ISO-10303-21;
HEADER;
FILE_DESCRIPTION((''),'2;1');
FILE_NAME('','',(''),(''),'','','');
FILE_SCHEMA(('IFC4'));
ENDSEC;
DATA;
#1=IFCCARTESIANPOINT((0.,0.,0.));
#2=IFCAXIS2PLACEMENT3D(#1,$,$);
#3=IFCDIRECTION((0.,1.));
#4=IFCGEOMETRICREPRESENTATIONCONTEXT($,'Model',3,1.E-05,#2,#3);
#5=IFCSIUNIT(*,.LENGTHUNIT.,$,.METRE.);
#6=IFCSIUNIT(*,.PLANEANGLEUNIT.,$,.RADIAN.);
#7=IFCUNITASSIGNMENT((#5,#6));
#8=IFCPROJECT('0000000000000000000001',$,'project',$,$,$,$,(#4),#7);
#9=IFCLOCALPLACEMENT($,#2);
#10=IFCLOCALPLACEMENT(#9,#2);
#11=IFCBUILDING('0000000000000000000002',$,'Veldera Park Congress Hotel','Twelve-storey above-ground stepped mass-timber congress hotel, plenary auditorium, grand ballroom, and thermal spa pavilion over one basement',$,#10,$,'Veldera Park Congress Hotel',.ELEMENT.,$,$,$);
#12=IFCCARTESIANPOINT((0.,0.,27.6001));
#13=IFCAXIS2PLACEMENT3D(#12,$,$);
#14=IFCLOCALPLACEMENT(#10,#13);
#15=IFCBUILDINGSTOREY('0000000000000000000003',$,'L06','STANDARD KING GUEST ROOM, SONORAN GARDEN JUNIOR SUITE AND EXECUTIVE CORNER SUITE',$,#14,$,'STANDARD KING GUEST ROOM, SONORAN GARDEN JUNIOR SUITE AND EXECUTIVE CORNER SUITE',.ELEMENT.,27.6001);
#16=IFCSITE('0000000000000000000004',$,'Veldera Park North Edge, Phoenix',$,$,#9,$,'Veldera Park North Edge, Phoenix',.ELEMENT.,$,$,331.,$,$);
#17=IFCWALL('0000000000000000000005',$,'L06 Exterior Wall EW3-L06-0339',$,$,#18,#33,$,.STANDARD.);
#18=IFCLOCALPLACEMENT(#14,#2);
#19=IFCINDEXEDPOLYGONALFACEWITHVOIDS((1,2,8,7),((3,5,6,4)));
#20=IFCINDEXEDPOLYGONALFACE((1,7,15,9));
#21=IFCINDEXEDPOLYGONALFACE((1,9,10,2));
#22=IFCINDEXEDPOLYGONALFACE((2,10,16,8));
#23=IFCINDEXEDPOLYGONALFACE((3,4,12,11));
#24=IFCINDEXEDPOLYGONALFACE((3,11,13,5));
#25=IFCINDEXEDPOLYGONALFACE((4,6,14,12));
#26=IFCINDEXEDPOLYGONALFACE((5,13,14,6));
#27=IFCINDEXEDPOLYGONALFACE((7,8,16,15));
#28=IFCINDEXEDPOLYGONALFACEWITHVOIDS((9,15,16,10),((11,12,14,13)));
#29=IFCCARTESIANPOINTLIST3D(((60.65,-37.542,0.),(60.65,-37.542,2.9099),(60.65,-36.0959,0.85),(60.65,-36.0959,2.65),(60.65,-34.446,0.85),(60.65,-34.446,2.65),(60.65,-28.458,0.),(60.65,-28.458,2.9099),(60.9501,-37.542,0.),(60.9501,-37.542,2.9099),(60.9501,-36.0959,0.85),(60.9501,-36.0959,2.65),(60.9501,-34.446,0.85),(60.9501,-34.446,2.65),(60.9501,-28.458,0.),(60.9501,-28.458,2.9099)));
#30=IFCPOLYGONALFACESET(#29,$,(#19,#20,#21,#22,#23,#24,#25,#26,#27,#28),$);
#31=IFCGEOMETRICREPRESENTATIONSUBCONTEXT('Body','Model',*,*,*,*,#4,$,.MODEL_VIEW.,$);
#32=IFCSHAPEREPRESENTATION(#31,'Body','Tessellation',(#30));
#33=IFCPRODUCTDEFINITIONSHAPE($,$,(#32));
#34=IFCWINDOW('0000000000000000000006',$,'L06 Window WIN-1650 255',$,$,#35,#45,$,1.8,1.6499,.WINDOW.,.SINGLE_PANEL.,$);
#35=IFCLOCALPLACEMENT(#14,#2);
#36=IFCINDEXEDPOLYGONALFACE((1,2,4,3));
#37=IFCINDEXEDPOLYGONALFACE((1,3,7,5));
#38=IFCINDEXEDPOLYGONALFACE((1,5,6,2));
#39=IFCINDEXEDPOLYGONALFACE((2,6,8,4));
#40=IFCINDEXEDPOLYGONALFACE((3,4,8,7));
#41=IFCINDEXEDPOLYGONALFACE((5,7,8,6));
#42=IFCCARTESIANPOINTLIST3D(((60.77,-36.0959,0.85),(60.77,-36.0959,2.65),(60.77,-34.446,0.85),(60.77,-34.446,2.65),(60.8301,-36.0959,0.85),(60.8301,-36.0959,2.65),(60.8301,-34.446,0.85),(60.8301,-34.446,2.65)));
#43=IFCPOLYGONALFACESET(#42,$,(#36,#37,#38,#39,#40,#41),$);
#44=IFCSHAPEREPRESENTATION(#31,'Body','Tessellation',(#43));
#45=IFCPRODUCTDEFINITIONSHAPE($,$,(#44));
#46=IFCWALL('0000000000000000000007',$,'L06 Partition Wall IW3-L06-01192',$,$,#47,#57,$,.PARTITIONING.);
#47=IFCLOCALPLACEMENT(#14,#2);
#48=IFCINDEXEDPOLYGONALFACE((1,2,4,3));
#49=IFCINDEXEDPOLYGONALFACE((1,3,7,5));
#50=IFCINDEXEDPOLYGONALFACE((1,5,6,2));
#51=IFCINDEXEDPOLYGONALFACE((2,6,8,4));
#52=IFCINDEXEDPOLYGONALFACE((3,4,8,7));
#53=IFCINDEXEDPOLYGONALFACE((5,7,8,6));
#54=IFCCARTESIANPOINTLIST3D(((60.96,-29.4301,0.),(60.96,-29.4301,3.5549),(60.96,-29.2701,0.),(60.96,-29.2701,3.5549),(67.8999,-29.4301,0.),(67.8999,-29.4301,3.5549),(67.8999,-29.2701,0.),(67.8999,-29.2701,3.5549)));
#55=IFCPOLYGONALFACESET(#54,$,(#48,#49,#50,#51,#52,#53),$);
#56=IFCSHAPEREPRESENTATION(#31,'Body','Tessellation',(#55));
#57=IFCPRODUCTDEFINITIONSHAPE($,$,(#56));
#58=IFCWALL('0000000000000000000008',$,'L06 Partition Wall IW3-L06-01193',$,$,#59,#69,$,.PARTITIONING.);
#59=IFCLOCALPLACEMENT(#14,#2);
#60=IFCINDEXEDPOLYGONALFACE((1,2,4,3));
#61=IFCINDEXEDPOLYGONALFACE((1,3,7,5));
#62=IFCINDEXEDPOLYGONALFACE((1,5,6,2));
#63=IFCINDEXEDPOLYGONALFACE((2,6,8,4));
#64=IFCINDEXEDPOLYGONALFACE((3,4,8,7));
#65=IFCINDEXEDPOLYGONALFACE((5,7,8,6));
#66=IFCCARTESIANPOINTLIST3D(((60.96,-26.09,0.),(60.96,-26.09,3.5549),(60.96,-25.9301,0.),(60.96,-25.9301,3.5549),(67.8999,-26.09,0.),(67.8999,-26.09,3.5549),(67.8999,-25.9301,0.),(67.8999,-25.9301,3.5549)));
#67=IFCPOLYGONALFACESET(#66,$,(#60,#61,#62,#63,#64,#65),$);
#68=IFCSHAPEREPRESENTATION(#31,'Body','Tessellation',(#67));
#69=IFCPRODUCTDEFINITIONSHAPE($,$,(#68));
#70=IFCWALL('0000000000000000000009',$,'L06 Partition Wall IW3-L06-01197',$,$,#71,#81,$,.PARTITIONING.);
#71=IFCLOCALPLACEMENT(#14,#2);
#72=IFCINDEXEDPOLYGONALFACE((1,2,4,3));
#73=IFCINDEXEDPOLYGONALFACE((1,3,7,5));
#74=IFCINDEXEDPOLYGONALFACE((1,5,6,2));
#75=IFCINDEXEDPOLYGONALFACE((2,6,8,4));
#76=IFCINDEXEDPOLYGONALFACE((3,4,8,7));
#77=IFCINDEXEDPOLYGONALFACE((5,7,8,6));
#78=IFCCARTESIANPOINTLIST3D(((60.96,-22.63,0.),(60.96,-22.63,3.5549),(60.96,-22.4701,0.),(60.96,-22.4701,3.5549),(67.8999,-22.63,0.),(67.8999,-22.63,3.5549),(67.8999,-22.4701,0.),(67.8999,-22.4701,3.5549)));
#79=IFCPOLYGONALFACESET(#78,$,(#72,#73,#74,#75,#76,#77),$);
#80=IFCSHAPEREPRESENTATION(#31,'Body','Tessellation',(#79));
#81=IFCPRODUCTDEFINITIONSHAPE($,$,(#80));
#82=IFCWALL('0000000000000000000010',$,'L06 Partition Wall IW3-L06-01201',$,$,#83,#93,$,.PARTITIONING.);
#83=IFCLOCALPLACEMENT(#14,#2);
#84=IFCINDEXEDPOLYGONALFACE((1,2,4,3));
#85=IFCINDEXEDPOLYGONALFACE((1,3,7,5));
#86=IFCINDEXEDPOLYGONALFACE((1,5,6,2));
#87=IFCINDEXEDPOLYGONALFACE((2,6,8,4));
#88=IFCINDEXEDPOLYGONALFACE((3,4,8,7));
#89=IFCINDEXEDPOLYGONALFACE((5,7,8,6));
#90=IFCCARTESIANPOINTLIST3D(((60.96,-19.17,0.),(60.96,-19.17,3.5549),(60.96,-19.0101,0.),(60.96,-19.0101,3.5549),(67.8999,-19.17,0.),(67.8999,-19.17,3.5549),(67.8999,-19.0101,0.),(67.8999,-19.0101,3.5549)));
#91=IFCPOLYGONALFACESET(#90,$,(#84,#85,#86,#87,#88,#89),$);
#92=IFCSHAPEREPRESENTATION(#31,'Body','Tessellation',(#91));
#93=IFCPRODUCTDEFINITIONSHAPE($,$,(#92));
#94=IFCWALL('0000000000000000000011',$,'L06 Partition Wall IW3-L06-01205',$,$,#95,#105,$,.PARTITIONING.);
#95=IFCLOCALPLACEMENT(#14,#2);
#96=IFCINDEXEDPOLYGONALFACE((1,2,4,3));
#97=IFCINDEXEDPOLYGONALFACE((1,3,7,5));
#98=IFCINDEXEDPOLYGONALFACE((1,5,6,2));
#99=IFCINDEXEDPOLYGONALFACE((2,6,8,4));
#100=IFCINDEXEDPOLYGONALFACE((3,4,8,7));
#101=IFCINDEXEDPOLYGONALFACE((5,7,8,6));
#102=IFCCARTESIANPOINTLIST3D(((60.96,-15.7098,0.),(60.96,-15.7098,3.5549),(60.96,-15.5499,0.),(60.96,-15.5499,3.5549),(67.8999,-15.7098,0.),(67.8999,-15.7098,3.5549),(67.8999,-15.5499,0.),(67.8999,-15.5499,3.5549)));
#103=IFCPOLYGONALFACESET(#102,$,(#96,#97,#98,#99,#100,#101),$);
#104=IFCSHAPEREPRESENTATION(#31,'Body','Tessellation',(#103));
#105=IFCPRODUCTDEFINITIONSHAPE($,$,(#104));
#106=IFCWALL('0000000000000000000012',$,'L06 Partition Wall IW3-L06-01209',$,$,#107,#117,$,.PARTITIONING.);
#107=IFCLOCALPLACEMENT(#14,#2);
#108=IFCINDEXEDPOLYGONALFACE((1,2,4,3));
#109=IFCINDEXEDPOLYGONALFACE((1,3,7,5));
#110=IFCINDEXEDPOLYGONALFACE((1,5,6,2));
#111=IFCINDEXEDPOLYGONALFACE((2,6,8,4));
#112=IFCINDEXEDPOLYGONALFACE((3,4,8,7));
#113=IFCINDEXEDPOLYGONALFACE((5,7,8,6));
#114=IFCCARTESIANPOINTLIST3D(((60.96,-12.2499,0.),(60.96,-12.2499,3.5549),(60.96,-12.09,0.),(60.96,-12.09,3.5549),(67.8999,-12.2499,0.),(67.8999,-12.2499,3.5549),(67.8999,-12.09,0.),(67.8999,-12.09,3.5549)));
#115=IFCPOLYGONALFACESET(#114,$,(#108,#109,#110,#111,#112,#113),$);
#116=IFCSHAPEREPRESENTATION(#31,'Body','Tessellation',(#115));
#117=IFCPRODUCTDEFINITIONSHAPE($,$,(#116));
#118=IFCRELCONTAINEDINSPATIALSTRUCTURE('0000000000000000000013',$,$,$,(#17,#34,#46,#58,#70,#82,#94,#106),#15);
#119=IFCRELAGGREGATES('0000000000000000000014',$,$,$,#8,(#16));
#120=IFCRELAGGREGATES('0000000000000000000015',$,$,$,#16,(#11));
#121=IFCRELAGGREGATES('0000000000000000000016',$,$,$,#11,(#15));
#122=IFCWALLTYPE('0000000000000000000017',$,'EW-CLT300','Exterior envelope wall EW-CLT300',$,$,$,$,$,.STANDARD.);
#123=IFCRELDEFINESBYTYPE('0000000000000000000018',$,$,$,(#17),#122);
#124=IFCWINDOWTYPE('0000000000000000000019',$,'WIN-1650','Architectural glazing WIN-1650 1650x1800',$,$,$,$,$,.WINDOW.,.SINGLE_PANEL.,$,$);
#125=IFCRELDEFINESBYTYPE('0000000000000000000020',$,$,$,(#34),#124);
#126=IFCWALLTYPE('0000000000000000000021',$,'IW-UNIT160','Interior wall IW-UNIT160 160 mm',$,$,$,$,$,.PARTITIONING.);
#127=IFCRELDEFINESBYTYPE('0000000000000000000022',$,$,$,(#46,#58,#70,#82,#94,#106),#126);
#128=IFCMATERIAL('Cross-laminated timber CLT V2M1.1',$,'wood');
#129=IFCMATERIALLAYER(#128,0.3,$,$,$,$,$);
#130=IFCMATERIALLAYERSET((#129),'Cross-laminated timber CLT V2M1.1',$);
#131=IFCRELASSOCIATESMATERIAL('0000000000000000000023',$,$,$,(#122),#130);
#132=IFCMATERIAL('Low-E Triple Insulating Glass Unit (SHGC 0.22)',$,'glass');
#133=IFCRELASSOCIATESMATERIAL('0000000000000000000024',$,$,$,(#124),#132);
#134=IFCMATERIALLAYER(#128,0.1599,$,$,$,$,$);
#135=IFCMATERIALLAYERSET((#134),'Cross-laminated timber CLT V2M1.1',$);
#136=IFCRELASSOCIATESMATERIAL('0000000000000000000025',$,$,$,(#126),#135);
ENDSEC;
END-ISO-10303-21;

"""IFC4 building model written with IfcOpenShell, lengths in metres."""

from ifc_helpers import new_model, si_unit, direction, frame, frame_2d, origin, place, context, subcontext, project, spatial, rectangle, extrude, material, layer, layer_set, type_object, element, fill, save


model = new_model("IFC4")

# Units and contexts
model_context = context("Model", 3, precision=1e-05, world=origin(), true_north=direction((0.0, 1.0)))
body_context = subcontext(model_context, "Body", "Model", "MODEL_VIEW")
ifc_project = project(units=[si_unit("LENGTHUNIT", "METRE"), si_unit("PLANEANGLEUNIT", "RADIAN")], contexts=[model_context])

# Site, building, storey
site_placement = place(None, origin())
site = spatial("IfcSite", under=ifc_project, at=site_placement, Name="Veldera Park North Edge, Phoenix", LongName="Veldera Park North Edge, Phoenix", CompositionType="ELEMENT", RefElevation=331.0)
building_placement = place(site_placement, origin())
building = spatial("IfcBuilding", under=site, at=building_placement, Name="Veldera Park Congress Hotel", Description="Twelve-storey above-ground stepped mass-timber congress hotel, plenary auditorium, grand ballroom, and thermal spa pavilion over one basement", LongName="Veldera Park Congress Hotel", CompositionType="ELEMENT")
storey_placement = place(building_placement, frame((0.0, 0.0, 27.6001)))
storey = spatial("IfcBuildingStorey", under=building, at=storey_placement, Name="L06", Description="STANDARD KING GUEST ROOM, SONORAN GARDEN JUNIOR SUITE AND EXECUTIVE CORNER SUITE", LongName="STANDARD KING GUEST ROOM, SONORAN GARDEN JUNIOR SUITE AND EXECUTIVE CORNER SUITE", CompositionType="ELEMENT", Elevation=27.6001)

# Shared definitions
ifc_material_1 = material(Name="Cross-laminated timber CLT V2M1.1", Category="wood")
ifc_layer_1 = layer(ifc_material_1, 0.3)
ifc_layer_set_1 = layer_set([ifc_layer_1], Name="Cross-laminated timber CLT V2M1.1")
wall_type_1 = type_object("IfcWallType", Name="EW-CLT300", Description="Exterior envelope wall EW-CLT300", PredefinedType="STANDARD", material=ifc_layer_set_1)
ifc_material_2 = material(Name="Low-E Triple Insulating Glass Unit (SHGC 0.22)", Category="glass")
window_type_1 = type_object("IfcWindowType", Name="WIN-1650", Description="Architectural glazing WIN-1650 1650x1800", PartitioningType="SINGLE_PANEL", PredefinedType="WINDOW", material=ifc_material_2)

# Wall, opening, window
wall_1_placement = place(storey_placement, frame((60.8, -28.458, 0.0), z_axis=(0.0, 0.0, 1.0), x_axis=(0.0, -1.0, 0.0)))
wall_1 = element("IfcWall", 1, at=wall_1_placement, inside=storey, type_object=wall_type_1, Name="L06 Exterior Wall EW3-L06-0339", PredefinedType="STANDARD", context=body_context, shape_type="SweptSolid", body=[
    extrude(rectangle(XDim=9.084, YDim=0.3, at=frame_2d((4.542, 0.0))), origin(), (0.0, 0.0, 1.0), 2.9099),
])
opening_1_placement = place(wall_1_placement, frame((5.988, 0.0, 0.8501)))
opening_1 = element("IfcOpeningElement", 2, at=opening_1_placement, cuts=wall_1, PredefinedType="OPENING", context=body_context, shape_type="SweptSolid", body=[
    extrude(rectangle(XDim=1.6499, YDim=1.8, at=frame_2d((0.825, 0.8999))), frame((0.0, 0.1621, 0.0), z_axis=(0.0, -1.0, 0.0), x_axis=(1.0, 0.0, 0.0)), (0.0, 0.0, 1.0), 0.324),
])
window_1_placement = place(opening_1_placement, origin())
window_1 = element("IfcWindow", 3, at=window_1_placement, inside=storey, type_object=window_type_1, Name="L06 Window WIN-1650 255", OverallHeight=1.8, OverallWidth=1.6499, PartitioningType="SINGLE_PANEL", PredefinedType="WINDOW", context=body_context, shape_type="SweptSolid", body=[
    extrude(rectangle(XDim=1.6499, YDim=1.8, at=frame_2d((0.825, 0.8999))), frame((0.0, 0.03, 0.0), z_axis=(0.0, -1.0, 0.0), x_axis=(1.0, 0.0, 0.0)), (0.0, 0.0, 1.0), 0.0601),
])
fill(opening_1, window_1)

# Walls
ifc_layer_2 = layer(ifc_material_1, 0.1599)
ifc_layer_set_2 = layer_set([ifc_layer_2], Name="Cross-laminated timber CLT V2M1.1")
wall_type_2 = type_object("IfcWallType", Name="IW-UNIT160", Description="Interior wall IW-UNIT160 160 mm", PredefinedType="PARTITIONING", material=ifc_layer_set_2)
for number, where, z_axis, x_axis, name in (
    (4, (60.96, -29.3501, 0.0), (0.0, 0.0, 1.0), (1.0, 0.0, 0.0), "L06 Partition Wall IW3-L06-01192"),
    (5, (60.96, -26.01, 0.0), (0.0, 0.0, 1.0), (1.0, 0.0, 0.0), "L06 Partition Wall IW3-L06-01193"),
    (6, (60.96, -22.55, 0.0), (0.0, 0.0, 1.0), (1.0, 0.0, 0.0), "L06 Partition Wall IW3-L06-01197"),
    (7, (60.96, -19.0901, 0.0), (0.0, 0.0, 1.0), (1.0, 0.0, 0.0), "L06 Partition Wall IW3-L06-01201"),
    (8, (60.96, -15.6299, 0.0), (0.0, 0.0, 1.0), (1.0, 0.0, 0.0), "L06 Partition Wall IW3-L06-01205"),
    (9, (60.96, -12.1699, 0.0), (0.0, 0.0, 1.0), (1.0, 0.0, 0.0), "L06 Partition Wall IW3-L06-01209"),
):
    element("IfcWall", number, at=place(storey_placement, frame(where, z_axis=z_axis, x_axis=x_axis)), inside=storey, type_object=wall_type_2, Name=name, PredefinedType="PARTITIONING", context=body_context, shape_type="SweptSolid", body=[
        extrude(rectangle(XDim=6.9399, YDim=0.1599, at=frame_2d((3.47, 0.0))), origin(), (0.0, 0.0, 1.0), 3.5549),
    ])

save(model, "model.ifc")
